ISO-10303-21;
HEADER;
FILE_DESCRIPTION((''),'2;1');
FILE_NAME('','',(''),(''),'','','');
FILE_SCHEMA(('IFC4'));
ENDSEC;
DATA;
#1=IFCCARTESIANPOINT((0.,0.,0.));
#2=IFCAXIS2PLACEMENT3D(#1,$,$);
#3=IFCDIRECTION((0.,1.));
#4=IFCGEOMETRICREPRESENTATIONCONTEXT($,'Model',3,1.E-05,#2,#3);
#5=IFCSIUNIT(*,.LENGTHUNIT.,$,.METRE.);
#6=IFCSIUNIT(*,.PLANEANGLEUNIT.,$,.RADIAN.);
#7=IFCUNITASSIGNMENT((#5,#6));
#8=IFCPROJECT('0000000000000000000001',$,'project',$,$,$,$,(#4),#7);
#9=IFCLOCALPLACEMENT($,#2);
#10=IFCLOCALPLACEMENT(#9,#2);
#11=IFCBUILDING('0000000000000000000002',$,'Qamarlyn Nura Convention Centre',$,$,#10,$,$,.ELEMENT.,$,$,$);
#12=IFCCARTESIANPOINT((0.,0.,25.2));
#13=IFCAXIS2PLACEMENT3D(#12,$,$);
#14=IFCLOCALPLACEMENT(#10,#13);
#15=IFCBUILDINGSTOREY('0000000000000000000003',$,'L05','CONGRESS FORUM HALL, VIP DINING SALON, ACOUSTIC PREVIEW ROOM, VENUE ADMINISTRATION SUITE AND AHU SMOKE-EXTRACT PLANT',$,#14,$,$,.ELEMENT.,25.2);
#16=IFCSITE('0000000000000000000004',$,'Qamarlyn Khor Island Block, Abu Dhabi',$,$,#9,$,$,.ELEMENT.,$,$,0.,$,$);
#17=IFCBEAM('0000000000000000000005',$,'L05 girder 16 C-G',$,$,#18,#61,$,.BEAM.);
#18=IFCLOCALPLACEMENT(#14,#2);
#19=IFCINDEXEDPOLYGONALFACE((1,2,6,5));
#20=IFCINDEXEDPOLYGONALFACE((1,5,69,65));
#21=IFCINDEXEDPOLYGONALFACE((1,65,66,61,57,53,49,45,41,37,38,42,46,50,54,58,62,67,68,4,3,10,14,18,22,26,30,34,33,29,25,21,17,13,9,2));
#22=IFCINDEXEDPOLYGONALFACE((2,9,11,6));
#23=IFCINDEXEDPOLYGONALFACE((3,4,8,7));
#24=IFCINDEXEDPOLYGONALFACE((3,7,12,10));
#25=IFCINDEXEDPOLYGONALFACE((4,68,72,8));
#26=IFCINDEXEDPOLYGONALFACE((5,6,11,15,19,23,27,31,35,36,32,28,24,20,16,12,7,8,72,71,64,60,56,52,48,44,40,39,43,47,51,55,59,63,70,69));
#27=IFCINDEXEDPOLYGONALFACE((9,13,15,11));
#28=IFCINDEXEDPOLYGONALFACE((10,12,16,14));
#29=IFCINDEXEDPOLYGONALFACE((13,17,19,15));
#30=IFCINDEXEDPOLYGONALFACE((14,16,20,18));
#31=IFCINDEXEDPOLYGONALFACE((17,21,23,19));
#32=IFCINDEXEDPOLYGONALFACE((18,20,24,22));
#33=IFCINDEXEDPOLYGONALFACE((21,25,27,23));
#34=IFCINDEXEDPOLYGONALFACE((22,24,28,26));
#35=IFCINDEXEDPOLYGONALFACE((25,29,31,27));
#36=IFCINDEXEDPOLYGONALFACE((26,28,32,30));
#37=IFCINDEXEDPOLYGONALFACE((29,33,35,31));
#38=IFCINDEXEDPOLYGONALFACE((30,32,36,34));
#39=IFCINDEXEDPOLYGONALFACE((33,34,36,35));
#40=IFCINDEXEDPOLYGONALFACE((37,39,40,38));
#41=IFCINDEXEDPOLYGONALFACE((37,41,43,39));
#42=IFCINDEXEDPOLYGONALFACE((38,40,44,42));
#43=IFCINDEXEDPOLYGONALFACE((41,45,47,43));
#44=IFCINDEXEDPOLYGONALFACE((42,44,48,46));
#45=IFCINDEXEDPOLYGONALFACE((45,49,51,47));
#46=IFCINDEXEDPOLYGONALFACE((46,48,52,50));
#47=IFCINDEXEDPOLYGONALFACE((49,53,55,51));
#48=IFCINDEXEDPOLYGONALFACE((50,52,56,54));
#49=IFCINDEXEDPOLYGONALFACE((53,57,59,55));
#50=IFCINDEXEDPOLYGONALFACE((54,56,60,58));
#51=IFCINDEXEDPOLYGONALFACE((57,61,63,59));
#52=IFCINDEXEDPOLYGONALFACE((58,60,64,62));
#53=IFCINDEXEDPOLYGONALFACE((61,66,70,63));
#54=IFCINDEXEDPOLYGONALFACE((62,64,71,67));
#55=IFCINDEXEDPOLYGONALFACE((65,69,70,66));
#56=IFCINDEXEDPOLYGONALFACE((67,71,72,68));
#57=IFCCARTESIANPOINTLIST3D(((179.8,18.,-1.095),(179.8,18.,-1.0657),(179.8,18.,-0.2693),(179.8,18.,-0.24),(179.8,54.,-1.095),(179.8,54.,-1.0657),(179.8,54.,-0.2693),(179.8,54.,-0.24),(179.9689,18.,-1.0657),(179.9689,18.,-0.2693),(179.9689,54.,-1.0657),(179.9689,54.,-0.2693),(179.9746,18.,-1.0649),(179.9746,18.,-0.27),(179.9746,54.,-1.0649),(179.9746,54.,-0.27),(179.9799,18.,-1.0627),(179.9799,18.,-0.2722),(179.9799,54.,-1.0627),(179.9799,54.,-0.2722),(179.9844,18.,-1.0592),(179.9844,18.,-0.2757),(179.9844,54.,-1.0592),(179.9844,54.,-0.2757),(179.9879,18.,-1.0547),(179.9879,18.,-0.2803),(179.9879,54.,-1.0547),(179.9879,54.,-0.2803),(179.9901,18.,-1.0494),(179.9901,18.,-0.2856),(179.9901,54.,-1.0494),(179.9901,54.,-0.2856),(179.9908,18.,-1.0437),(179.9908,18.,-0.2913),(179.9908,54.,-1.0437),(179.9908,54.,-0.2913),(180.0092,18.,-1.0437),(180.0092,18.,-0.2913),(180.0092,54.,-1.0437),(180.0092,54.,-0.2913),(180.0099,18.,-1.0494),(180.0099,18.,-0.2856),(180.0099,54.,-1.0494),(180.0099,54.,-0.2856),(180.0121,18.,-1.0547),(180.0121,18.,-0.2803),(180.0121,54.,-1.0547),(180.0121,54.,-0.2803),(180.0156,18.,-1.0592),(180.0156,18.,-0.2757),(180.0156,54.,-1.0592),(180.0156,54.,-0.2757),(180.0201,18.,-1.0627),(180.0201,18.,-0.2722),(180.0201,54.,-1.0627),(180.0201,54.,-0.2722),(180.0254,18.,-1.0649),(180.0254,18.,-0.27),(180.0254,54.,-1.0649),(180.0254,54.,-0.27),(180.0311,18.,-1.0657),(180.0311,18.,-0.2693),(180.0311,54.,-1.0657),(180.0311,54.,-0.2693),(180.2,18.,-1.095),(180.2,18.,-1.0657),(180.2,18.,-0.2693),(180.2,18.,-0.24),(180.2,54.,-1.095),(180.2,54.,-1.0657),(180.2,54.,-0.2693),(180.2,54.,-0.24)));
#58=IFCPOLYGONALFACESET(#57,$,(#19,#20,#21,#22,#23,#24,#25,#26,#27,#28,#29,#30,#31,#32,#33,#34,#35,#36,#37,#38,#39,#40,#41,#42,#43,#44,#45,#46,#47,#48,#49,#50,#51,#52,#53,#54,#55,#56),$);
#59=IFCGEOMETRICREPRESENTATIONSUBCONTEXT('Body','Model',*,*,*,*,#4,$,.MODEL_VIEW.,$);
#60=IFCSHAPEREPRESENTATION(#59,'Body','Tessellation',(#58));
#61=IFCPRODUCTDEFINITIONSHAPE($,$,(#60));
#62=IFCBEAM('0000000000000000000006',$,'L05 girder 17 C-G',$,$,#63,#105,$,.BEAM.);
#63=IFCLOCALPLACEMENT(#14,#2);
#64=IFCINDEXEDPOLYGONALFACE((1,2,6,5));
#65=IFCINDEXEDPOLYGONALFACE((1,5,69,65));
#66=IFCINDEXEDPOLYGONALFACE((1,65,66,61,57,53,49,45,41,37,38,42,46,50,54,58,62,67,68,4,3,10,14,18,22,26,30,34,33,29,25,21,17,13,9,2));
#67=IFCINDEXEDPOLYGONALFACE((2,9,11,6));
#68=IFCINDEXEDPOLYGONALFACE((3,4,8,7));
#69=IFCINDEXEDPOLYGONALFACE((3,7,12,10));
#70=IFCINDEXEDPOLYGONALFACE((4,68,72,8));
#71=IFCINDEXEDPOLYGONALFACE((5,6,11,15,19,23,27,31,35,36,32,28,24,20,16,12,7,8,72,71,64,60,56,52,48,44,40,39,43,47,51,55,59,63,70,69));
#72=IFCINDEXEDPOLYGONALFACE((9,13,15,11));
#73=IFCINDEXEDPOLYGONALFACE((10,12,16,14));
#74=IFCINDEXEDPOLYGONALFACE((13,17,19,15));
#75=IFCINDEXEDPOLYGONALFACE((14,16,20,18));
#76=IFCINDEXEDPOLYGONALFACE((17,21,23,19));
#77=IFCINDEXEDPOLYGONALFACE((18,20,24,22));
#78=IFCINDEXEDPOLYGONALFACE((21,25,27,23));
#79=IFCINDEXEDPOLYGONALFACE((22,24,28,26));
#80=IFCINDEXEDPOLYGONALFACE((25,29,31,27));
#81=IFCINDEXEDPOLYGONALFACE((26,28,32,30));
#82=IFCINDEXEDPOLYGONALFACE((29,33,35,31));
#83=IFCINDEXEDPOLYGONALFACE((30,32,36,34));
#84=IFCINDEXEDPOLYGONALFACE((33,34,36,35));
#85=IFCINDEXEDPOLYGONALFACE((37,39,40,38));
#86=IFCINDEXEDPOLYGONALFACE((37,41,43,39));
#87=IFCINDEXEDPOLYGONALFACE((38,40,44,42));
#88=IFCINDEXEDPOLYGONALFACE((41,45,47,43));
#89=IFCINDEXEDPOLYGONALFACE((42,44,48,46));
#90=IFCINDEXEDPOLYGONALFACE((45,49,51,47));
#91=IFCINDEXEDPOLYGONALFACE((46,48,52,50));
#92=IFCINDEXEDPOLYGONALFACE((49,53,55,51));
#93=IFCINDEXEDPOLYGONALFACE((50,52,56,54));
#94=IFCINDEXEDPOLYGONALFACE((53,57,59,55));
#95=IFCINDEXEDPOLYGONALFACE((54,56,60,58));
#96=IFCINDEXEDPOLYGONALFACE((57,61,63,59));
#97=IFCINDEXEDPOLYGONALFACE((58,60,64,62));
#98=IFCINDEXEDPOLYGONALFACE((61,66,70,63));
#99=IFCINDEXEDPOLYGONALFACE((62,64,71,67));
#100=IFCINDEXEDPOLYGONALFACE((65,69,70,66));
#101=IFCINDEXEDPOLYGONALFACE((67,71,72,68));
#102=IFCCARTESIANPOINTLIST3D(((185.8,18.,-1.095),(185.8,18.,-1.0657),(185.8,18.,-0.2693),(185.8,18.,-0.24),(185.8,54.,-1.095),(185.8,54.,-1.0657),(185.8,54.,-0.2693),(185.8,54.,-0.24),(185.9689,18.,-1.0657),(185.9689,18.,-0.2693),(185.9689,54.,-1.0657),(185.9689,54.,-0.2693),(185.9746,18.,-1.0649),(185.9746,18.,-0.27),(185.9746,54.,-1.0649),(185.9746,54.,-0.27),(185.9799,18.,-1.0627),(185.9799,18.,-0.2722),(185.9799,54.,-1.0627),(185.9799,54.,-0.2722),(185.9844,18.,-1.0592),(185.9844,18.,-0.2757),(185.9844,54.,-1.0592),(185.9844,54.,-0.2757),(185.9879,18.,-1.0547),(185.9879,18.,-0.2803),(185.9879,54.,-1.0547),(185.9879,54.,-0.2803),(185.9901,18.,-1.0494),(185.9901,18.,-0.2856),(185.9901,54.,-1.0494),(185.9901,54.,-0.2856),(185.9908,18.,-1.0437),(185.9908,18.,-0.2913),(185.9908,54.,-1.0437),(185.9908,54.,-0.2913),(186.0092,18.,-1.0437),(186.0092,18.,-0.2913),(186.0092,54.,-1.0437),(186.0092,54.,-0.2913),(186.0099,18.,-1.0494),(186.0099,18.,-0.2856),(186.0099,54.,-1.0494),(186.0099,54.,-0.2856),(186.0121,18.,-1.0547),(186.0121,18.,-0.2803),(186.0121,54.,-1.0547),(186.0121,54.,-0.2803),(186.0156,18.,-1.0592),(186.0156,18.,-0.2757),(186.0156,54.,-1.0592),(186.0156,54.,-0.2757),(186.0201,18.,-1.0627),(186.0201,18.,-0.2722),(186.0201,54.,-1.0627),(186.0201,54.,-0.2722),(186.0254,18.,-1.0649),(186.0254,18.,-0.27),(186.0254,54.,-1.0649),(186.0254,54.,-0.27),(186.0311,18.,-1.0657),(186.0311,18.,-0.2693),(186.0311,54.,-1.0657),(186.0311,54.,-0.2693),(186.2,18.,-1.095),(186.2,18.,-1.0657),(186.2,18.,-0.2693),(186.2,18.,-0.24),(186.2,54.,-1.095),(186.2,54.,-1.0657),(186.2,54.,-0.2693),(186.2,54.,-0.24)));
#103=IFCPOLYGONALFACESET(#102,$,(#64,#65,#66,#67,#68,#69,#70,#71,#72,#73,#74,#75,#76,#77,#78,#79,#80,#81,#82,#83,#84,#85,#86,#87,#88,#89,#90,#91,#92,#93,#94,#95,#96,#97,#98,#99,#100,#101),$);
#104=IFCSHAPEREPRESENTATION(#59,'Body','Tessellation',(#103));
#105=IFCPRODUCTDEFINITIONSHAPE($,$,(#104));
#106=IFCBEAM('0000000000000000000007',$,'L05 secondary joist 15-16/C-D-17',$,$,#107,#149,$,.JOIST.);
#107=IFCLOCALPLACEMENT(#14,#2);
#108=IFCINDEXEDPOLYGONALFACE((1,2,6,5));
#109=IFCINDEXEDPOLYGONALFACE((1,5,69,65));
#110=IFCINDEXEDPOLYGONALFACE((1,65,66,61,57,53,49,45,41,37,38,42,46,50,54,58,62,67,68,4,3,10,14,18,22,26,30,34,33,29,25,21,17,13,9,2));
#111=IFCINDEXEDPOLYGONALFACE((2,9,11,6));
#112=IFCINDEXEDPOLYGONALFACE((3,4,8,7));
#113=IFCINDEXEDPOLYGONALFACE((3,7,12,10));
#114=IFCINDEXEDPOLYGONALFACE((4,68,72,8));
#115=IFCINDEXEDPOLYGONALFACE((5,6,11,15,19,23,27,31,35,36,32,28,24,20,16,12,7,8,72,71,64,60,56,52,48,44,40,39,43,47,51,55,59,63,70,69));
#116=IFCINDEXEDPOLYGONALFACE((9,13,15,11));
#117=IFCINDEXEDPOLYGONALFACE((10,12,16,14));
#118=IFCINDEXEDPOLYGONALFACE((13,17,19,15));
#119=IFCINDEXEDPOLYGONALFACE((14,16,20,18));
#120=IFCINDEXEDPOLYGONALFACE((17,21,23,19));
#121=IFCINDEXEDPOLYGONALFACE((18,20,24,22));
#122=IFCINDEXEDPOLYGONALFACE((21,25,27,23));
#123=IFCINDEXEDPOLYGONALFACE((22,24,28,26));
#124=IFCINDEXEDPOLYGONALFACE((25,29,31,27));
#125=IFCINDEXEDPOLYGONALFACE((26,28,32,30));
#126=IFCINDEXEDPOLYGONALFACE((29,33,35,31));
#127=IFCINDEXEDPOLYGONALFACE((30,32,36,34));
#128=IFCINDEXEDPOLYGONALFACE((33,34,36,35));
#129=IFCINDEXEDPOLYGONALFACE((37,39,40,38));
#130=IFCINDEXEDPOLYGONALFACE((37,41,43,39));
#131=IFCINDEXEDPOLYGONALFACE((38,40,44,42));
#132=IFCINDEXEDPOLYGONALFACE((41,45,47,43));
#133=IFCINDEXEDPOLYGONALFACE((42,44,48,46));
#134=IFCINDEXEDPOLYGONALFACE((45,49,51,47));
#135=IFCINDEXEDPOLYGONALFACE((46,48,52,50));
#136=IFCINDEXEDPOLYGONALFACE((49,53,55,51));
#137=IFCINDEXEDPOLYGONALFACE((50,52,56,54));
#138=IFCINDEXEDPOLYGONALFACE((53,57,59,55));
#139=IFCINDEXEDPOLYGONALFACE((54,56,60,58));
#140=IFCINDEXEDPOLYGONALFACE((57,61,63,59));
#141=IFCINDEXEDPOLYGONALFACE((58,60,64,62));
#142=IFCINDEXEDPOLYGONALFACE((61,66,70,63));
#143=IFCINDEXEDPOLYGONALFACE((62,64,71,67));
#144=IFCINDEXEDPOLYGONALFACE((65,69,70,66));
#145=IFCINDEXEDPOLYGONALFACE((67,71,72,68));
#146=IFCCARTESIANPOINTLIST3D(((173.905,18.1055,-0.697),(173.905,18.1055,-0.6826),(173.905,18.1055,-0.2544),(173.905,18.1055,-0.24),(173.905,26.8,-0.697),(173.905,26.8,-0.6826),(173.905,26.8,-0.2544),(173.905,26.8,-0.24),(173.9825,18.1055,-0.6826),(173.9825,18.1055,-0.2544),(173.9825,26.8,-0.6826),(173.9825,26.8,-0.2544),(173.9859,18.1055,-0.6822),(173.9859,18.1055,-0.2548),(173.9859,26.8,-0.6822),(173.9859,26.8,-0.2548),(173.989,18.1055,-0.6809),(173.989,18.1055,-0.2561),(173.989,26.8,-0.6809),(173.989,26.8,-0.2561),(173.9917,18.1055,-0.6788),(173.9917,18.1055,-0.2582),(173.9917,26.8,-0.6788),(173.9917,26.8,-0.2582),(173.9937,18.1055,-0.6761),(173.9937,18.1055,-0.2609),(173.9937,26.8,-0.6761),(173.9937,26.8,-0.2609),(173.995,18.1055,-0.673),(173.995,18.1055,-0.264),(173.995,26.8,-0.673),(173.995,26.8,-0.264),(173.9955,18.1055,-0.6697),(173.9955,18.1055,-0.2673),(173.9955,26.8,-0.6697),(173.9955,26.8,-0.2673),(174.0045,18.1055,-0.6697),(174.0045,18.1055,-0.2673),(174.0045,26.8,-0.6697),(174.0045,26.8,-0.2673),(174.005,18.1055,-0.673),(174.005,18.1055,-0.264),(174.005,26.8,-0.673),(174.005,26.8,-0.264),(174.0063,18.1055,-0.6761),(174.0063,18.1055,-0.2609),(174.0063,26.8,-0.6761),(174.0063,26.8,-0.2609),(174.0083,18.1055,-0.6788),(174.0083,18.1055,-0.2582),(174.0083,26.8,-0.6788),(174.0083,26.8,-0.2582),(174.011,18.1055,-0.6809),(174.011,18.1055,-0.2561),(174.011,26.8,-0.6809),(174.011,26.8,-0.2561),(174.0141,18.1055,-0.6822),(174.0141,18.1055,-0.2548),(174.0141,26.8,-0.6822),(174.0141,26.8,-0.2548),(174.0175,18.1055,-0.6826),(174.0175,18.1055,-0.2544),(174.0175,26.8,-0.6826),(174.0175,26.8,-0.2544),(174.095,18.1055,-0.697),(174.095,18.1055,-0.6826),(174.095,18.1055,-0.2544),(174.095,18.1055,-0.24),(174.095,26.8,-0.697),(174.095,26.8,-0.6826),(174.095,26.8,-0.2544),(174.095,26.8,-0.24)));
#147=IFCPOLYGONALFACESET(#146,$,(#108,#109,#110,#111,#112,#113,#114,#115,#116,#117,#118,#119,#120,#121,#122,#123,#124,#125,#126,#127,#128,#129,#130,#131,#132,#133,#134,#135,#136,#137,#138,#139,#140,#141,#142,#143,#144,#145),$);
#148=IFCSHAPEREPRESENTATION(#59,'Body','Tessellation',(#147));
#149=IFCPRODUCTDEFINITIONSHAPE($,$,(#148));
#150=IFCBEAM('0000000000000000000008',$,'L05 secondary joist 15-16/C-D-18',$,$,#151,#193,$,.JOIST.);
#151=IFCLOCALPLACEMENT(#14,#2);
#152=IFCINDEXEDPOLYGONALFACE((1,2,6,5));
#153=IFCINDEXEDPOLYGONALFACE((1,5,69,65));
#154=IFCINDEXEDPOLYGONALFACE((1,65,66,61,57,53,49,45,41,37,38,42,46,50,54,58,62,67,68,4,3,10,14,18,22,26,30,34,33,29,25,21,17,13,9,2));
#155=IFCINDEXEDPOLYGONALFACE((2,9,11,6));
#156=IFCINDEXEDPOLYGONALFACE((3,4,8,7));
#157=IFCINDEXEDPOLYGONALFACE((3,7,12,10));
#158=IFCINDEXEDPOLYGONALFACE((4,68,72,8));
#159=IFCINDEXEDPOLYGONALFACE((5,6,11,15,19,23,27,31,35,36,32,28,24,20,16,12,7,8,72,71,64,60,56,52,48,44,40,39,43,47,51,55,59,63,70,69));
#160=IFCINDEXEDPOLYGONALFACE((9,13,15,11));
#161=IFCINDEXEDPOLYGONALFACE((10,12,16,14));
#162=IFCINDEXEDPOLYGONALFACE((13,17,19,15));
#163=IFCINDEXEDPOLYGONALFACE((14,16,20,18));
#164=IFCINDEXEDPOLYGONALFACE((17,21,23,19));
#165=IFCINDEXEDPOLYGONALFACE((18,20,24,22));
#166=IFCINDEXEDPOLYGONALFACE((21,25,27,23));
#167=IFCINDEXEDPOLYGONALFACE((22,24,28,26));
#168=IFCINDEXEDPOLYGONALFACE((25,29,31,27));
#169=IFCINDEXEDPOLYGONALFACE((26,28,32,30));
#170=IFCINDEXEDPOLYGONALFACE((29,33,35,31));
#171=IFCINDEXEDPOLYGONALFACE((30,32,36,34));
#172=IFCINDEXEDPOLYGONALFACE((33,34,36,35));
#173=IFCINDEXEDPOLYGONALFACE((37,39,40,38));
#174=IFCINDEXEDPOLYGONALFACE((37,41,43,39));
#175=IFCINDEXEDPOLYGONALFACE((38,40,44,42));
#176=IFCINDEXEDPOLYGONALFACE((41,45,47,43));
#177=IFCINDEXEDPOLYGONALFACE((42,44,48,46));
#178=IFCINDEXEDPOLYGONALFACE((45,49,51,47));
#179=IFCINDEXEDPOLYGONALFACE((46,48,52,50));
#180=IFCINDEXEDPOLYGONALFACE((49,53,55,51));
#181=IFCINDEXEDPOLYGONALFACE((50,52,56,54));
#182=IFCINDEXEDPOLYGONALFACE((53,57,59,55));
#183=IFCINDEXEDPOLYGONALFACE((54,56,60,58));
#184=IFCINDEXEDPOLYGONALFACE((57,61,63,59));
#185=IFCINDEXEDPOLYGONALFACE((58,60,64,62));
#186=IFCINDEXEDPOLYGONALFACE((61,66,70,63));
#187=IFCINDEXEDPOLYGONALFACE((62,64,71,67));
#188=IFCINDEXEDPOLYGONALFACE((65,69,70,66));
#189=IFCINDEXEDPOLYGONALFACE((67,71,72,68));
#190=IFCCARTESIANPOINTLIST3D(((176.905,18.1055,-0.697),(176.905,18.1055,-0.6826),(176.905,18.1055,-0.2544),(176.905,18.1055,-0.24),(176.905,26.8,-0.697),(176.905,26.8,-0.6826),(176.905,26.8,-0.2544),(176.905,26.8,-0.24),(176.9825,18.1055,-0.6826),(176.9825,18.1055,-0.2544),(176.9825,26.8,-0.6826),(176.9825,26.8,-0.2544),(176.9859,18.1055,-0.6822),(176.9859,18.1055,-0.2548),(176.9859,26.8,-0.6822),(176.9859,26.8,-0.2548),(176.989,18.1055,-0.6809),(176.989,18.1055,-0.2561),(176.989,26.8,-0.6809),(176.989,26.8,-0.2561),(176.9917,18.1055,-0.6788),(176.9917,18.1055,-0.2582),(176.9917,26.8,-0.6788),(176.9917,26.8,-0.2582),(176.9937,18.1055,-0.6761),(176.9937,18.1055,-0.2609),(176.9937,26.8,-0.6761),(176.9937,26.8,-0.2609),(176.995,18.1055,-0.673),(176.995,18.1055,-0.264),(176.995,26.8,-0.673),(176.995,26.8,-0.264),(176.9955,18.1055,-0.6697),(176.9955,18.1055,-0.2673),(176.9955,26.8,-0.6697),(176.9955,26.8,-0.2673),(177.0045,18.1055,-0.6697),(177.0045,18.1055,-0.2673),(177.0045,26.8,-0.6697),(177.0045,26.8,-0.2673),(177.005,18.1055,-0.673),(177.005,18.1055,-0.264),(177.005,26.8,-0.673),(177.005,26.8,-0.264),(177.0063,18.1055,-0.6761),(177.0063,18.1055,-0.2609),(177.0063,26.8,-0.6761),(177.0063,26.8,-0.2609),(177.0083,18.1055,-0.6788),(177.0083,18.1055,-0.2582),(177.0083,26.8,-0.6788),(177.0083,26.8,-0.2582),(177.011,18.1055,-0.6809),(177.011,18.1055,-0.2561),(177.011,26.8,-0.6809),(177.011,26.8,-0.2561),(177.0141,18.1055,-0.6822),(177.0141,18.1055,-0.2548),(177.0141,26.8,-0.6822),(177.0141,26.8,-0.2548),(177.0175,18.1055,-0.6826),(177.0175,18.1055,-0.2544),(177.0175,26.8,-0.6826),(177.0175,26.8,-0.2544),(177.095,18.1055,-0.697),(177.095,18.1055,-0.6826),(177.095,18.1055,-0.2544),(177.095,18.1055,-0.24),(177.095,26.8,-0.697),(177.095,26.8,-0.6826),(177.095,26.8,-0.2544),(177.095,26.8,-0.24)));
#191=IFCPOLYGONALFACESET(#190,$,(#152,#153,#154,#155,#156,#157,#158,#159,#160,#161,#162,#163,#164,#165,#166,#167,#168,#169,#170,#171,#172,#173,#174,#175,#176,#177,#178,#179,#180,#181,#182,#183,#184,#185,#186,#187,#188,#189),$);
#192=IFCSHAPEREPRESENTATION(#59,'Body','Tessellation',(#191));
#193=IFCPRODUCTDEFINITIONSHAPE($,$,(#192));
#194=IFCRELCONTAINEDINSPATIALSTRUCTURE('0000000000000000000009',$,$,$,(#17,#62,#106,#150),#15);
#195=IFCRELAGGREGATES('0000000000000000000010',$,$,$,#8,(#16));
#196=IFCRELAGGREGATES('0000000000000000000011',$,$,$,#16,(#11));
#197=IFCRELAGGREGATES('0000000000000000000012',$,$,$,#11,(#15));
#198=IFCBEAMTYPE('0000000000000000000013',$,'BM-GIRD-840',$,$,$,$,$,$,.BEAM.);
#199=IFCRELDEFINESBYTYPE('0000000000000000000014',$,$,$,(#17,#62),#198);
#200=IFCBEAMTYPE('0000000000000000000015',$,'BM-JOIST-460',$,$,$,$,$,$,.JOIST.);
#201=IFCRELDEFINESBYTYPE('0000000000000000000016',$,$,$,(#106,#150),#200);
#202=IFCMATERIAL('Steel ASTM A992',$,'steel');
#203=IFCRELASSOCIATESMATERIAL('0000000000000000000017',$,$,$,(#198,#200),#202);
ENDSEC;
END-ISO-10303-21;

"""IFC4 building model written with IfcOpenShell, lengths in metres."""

from ifc_helpers import new_model, si_unit, direction, frame, origin, origin_2d, place, context, subcontext, project, spatial, i_section, extrude, material, material_profile, profile_set, type_object, element, save


model = new_model("IFC4")

# Units and contexts
model_context = context("Model", 3, precision=1e-05, world=origin(), true_north=direction((0.0, 1.0)))
body_context = subcontext(model_context, "Body", "Model", "MODEL_VIEW")
ifc_project = project(units=[si_unit("LENGTHUNIT", "METRE"), si_unit("PLANEANGLEUNIT", "RADIAN")], contexts=[model_context])

# Site, building, storey
site_placement = place(None, origin())
site = spatial("IfcSite", under=ifc_project, at=site_placement, Name="Qamarlyn Khor Island Block, Abu Dhabi", CompositionType="ELEMENT", RefElevation=0.0)
building_placement = place(site_placement, origin())
building = spatial("IfcBuilding", under=site, at=building_placement, Name="Qamarlyn Nura Convention Centre", CompositionType="ELEMENT")
storey_placement = place(building_placement, frame((0.0, 0.0, 25.2)))
storey = spatial("IfcBuildingStorey", under=building, at=storey_placement, Name="L05", Description="CONGRESS FORUM HALL, VIP DINING SALON, ACOUSTIC PREVIEW ROOM, VENUE ADMINISTRATION SUITE AND AHU SMOKE-EXTRACT PLANT", CompositionType="ELEMENT", Elevation=25.2)

# Shared definitions
ifc_material_1 = material(Name="Steel ASTM A992", Category="steel")

# Beams
ifc_material_profile_1 = material_profile(ifc_material_1, i_section(OverallWidth=0.3999, OverallDepth=0.855, WebThickness=0.0183, FlangeThickness=0.0293, FilletRadius=0.022, at=origin_2d()), Name="W840X299")
ifc_profile_set_1 = profile_set([ifc_material_profile_1], Name="Steel ASTM A992")
beam_type_1 = type_object("IfcBeamType", Name="BM-GIRD-840", PredefinedType="BEAM", material=ifc_profile_set_1)
for number, where, z_axis, x_axis, name in (
    (1, (180.0, 18.0, -0.6675), (0.0, 1.0, 0.0), (-1.0, 0.0, 0.0), "L05 girder 16 C-G"),
    (2, (186.0, 18.0, -0.6675), (0.0, 1.0, 0.0), (-1.0, 0.0, 0.0), "L05 girder 17 C-G"),
):
    element("IfcBeam", number, at=place(storey_placement, frame(where, z_axis=z_axis, x_axis=x_axis)), inside=storey, type_object=beam_type_1, Name=name, PredefinedType="BEAM", context=body_context, shape_type="SweptSolid", body=[
        extrude(i_section(OverallWidth=0.3999, OverallDepth=0.855, WebThickness=0.0183, FlangeThickness=0.0293, FilletRadius=0.022, at=origin_2d()), origin(), (0.0, 0.0, 1.0), 36.0),
    ])
ifc_material_profile_2 = material_profile(ifc_material_1, i_section(OverallWidth=0.1899, OverallDepth=0.457, WebThickness=0.009, FlangeThickness=0.0144, FilletRadius=0.0129, at=origin_2d()), Name="W460X74")
ifc_profile_set_2 = profile_set([ifc_material_profile_2], Name="Steel ASTM A992")
beam_type_2 = type_object("IfcBeamType", Name="BM-JOIST-460", PredefinedType="JOIST", material=ifc_profile_set_2)
for number, where, z_axis, x_axis, name in (
    (3, (174.0, 18.1055, -0.4685), (0.0, 1.0, 0.0), (-1.0, 0.0, 0.0), "L05 secondary joist 15-16/C-D-17"),
    (4, (177.0, 18.1055, -0.4685), (0.0, 1.0, 0.0), (-1.0, 0.0, 0.0), "L05 secondary joist 15-16/C-D-18"),
):
    element("IfcBeam", number, at=place(storey_placement, frame(where, z_axis=z_axis, x_axis=x_axis)), inside=storey, type_object=beam_type_2, Name=name, PredefinedType="JOIST", context=body_context, shape_type="SweptSolid", body=[
        extrude(i_section(OverallWidth=0.1899, OverallDepth=0.457, WebThickness=0.009, FlangeThickness=0.0144, FilletRadius=0.0129, at=origin_2d()), origin(), (0.0, 0.0, 1.0), 8.6946),
    ])

save(model, "model.ifc")
